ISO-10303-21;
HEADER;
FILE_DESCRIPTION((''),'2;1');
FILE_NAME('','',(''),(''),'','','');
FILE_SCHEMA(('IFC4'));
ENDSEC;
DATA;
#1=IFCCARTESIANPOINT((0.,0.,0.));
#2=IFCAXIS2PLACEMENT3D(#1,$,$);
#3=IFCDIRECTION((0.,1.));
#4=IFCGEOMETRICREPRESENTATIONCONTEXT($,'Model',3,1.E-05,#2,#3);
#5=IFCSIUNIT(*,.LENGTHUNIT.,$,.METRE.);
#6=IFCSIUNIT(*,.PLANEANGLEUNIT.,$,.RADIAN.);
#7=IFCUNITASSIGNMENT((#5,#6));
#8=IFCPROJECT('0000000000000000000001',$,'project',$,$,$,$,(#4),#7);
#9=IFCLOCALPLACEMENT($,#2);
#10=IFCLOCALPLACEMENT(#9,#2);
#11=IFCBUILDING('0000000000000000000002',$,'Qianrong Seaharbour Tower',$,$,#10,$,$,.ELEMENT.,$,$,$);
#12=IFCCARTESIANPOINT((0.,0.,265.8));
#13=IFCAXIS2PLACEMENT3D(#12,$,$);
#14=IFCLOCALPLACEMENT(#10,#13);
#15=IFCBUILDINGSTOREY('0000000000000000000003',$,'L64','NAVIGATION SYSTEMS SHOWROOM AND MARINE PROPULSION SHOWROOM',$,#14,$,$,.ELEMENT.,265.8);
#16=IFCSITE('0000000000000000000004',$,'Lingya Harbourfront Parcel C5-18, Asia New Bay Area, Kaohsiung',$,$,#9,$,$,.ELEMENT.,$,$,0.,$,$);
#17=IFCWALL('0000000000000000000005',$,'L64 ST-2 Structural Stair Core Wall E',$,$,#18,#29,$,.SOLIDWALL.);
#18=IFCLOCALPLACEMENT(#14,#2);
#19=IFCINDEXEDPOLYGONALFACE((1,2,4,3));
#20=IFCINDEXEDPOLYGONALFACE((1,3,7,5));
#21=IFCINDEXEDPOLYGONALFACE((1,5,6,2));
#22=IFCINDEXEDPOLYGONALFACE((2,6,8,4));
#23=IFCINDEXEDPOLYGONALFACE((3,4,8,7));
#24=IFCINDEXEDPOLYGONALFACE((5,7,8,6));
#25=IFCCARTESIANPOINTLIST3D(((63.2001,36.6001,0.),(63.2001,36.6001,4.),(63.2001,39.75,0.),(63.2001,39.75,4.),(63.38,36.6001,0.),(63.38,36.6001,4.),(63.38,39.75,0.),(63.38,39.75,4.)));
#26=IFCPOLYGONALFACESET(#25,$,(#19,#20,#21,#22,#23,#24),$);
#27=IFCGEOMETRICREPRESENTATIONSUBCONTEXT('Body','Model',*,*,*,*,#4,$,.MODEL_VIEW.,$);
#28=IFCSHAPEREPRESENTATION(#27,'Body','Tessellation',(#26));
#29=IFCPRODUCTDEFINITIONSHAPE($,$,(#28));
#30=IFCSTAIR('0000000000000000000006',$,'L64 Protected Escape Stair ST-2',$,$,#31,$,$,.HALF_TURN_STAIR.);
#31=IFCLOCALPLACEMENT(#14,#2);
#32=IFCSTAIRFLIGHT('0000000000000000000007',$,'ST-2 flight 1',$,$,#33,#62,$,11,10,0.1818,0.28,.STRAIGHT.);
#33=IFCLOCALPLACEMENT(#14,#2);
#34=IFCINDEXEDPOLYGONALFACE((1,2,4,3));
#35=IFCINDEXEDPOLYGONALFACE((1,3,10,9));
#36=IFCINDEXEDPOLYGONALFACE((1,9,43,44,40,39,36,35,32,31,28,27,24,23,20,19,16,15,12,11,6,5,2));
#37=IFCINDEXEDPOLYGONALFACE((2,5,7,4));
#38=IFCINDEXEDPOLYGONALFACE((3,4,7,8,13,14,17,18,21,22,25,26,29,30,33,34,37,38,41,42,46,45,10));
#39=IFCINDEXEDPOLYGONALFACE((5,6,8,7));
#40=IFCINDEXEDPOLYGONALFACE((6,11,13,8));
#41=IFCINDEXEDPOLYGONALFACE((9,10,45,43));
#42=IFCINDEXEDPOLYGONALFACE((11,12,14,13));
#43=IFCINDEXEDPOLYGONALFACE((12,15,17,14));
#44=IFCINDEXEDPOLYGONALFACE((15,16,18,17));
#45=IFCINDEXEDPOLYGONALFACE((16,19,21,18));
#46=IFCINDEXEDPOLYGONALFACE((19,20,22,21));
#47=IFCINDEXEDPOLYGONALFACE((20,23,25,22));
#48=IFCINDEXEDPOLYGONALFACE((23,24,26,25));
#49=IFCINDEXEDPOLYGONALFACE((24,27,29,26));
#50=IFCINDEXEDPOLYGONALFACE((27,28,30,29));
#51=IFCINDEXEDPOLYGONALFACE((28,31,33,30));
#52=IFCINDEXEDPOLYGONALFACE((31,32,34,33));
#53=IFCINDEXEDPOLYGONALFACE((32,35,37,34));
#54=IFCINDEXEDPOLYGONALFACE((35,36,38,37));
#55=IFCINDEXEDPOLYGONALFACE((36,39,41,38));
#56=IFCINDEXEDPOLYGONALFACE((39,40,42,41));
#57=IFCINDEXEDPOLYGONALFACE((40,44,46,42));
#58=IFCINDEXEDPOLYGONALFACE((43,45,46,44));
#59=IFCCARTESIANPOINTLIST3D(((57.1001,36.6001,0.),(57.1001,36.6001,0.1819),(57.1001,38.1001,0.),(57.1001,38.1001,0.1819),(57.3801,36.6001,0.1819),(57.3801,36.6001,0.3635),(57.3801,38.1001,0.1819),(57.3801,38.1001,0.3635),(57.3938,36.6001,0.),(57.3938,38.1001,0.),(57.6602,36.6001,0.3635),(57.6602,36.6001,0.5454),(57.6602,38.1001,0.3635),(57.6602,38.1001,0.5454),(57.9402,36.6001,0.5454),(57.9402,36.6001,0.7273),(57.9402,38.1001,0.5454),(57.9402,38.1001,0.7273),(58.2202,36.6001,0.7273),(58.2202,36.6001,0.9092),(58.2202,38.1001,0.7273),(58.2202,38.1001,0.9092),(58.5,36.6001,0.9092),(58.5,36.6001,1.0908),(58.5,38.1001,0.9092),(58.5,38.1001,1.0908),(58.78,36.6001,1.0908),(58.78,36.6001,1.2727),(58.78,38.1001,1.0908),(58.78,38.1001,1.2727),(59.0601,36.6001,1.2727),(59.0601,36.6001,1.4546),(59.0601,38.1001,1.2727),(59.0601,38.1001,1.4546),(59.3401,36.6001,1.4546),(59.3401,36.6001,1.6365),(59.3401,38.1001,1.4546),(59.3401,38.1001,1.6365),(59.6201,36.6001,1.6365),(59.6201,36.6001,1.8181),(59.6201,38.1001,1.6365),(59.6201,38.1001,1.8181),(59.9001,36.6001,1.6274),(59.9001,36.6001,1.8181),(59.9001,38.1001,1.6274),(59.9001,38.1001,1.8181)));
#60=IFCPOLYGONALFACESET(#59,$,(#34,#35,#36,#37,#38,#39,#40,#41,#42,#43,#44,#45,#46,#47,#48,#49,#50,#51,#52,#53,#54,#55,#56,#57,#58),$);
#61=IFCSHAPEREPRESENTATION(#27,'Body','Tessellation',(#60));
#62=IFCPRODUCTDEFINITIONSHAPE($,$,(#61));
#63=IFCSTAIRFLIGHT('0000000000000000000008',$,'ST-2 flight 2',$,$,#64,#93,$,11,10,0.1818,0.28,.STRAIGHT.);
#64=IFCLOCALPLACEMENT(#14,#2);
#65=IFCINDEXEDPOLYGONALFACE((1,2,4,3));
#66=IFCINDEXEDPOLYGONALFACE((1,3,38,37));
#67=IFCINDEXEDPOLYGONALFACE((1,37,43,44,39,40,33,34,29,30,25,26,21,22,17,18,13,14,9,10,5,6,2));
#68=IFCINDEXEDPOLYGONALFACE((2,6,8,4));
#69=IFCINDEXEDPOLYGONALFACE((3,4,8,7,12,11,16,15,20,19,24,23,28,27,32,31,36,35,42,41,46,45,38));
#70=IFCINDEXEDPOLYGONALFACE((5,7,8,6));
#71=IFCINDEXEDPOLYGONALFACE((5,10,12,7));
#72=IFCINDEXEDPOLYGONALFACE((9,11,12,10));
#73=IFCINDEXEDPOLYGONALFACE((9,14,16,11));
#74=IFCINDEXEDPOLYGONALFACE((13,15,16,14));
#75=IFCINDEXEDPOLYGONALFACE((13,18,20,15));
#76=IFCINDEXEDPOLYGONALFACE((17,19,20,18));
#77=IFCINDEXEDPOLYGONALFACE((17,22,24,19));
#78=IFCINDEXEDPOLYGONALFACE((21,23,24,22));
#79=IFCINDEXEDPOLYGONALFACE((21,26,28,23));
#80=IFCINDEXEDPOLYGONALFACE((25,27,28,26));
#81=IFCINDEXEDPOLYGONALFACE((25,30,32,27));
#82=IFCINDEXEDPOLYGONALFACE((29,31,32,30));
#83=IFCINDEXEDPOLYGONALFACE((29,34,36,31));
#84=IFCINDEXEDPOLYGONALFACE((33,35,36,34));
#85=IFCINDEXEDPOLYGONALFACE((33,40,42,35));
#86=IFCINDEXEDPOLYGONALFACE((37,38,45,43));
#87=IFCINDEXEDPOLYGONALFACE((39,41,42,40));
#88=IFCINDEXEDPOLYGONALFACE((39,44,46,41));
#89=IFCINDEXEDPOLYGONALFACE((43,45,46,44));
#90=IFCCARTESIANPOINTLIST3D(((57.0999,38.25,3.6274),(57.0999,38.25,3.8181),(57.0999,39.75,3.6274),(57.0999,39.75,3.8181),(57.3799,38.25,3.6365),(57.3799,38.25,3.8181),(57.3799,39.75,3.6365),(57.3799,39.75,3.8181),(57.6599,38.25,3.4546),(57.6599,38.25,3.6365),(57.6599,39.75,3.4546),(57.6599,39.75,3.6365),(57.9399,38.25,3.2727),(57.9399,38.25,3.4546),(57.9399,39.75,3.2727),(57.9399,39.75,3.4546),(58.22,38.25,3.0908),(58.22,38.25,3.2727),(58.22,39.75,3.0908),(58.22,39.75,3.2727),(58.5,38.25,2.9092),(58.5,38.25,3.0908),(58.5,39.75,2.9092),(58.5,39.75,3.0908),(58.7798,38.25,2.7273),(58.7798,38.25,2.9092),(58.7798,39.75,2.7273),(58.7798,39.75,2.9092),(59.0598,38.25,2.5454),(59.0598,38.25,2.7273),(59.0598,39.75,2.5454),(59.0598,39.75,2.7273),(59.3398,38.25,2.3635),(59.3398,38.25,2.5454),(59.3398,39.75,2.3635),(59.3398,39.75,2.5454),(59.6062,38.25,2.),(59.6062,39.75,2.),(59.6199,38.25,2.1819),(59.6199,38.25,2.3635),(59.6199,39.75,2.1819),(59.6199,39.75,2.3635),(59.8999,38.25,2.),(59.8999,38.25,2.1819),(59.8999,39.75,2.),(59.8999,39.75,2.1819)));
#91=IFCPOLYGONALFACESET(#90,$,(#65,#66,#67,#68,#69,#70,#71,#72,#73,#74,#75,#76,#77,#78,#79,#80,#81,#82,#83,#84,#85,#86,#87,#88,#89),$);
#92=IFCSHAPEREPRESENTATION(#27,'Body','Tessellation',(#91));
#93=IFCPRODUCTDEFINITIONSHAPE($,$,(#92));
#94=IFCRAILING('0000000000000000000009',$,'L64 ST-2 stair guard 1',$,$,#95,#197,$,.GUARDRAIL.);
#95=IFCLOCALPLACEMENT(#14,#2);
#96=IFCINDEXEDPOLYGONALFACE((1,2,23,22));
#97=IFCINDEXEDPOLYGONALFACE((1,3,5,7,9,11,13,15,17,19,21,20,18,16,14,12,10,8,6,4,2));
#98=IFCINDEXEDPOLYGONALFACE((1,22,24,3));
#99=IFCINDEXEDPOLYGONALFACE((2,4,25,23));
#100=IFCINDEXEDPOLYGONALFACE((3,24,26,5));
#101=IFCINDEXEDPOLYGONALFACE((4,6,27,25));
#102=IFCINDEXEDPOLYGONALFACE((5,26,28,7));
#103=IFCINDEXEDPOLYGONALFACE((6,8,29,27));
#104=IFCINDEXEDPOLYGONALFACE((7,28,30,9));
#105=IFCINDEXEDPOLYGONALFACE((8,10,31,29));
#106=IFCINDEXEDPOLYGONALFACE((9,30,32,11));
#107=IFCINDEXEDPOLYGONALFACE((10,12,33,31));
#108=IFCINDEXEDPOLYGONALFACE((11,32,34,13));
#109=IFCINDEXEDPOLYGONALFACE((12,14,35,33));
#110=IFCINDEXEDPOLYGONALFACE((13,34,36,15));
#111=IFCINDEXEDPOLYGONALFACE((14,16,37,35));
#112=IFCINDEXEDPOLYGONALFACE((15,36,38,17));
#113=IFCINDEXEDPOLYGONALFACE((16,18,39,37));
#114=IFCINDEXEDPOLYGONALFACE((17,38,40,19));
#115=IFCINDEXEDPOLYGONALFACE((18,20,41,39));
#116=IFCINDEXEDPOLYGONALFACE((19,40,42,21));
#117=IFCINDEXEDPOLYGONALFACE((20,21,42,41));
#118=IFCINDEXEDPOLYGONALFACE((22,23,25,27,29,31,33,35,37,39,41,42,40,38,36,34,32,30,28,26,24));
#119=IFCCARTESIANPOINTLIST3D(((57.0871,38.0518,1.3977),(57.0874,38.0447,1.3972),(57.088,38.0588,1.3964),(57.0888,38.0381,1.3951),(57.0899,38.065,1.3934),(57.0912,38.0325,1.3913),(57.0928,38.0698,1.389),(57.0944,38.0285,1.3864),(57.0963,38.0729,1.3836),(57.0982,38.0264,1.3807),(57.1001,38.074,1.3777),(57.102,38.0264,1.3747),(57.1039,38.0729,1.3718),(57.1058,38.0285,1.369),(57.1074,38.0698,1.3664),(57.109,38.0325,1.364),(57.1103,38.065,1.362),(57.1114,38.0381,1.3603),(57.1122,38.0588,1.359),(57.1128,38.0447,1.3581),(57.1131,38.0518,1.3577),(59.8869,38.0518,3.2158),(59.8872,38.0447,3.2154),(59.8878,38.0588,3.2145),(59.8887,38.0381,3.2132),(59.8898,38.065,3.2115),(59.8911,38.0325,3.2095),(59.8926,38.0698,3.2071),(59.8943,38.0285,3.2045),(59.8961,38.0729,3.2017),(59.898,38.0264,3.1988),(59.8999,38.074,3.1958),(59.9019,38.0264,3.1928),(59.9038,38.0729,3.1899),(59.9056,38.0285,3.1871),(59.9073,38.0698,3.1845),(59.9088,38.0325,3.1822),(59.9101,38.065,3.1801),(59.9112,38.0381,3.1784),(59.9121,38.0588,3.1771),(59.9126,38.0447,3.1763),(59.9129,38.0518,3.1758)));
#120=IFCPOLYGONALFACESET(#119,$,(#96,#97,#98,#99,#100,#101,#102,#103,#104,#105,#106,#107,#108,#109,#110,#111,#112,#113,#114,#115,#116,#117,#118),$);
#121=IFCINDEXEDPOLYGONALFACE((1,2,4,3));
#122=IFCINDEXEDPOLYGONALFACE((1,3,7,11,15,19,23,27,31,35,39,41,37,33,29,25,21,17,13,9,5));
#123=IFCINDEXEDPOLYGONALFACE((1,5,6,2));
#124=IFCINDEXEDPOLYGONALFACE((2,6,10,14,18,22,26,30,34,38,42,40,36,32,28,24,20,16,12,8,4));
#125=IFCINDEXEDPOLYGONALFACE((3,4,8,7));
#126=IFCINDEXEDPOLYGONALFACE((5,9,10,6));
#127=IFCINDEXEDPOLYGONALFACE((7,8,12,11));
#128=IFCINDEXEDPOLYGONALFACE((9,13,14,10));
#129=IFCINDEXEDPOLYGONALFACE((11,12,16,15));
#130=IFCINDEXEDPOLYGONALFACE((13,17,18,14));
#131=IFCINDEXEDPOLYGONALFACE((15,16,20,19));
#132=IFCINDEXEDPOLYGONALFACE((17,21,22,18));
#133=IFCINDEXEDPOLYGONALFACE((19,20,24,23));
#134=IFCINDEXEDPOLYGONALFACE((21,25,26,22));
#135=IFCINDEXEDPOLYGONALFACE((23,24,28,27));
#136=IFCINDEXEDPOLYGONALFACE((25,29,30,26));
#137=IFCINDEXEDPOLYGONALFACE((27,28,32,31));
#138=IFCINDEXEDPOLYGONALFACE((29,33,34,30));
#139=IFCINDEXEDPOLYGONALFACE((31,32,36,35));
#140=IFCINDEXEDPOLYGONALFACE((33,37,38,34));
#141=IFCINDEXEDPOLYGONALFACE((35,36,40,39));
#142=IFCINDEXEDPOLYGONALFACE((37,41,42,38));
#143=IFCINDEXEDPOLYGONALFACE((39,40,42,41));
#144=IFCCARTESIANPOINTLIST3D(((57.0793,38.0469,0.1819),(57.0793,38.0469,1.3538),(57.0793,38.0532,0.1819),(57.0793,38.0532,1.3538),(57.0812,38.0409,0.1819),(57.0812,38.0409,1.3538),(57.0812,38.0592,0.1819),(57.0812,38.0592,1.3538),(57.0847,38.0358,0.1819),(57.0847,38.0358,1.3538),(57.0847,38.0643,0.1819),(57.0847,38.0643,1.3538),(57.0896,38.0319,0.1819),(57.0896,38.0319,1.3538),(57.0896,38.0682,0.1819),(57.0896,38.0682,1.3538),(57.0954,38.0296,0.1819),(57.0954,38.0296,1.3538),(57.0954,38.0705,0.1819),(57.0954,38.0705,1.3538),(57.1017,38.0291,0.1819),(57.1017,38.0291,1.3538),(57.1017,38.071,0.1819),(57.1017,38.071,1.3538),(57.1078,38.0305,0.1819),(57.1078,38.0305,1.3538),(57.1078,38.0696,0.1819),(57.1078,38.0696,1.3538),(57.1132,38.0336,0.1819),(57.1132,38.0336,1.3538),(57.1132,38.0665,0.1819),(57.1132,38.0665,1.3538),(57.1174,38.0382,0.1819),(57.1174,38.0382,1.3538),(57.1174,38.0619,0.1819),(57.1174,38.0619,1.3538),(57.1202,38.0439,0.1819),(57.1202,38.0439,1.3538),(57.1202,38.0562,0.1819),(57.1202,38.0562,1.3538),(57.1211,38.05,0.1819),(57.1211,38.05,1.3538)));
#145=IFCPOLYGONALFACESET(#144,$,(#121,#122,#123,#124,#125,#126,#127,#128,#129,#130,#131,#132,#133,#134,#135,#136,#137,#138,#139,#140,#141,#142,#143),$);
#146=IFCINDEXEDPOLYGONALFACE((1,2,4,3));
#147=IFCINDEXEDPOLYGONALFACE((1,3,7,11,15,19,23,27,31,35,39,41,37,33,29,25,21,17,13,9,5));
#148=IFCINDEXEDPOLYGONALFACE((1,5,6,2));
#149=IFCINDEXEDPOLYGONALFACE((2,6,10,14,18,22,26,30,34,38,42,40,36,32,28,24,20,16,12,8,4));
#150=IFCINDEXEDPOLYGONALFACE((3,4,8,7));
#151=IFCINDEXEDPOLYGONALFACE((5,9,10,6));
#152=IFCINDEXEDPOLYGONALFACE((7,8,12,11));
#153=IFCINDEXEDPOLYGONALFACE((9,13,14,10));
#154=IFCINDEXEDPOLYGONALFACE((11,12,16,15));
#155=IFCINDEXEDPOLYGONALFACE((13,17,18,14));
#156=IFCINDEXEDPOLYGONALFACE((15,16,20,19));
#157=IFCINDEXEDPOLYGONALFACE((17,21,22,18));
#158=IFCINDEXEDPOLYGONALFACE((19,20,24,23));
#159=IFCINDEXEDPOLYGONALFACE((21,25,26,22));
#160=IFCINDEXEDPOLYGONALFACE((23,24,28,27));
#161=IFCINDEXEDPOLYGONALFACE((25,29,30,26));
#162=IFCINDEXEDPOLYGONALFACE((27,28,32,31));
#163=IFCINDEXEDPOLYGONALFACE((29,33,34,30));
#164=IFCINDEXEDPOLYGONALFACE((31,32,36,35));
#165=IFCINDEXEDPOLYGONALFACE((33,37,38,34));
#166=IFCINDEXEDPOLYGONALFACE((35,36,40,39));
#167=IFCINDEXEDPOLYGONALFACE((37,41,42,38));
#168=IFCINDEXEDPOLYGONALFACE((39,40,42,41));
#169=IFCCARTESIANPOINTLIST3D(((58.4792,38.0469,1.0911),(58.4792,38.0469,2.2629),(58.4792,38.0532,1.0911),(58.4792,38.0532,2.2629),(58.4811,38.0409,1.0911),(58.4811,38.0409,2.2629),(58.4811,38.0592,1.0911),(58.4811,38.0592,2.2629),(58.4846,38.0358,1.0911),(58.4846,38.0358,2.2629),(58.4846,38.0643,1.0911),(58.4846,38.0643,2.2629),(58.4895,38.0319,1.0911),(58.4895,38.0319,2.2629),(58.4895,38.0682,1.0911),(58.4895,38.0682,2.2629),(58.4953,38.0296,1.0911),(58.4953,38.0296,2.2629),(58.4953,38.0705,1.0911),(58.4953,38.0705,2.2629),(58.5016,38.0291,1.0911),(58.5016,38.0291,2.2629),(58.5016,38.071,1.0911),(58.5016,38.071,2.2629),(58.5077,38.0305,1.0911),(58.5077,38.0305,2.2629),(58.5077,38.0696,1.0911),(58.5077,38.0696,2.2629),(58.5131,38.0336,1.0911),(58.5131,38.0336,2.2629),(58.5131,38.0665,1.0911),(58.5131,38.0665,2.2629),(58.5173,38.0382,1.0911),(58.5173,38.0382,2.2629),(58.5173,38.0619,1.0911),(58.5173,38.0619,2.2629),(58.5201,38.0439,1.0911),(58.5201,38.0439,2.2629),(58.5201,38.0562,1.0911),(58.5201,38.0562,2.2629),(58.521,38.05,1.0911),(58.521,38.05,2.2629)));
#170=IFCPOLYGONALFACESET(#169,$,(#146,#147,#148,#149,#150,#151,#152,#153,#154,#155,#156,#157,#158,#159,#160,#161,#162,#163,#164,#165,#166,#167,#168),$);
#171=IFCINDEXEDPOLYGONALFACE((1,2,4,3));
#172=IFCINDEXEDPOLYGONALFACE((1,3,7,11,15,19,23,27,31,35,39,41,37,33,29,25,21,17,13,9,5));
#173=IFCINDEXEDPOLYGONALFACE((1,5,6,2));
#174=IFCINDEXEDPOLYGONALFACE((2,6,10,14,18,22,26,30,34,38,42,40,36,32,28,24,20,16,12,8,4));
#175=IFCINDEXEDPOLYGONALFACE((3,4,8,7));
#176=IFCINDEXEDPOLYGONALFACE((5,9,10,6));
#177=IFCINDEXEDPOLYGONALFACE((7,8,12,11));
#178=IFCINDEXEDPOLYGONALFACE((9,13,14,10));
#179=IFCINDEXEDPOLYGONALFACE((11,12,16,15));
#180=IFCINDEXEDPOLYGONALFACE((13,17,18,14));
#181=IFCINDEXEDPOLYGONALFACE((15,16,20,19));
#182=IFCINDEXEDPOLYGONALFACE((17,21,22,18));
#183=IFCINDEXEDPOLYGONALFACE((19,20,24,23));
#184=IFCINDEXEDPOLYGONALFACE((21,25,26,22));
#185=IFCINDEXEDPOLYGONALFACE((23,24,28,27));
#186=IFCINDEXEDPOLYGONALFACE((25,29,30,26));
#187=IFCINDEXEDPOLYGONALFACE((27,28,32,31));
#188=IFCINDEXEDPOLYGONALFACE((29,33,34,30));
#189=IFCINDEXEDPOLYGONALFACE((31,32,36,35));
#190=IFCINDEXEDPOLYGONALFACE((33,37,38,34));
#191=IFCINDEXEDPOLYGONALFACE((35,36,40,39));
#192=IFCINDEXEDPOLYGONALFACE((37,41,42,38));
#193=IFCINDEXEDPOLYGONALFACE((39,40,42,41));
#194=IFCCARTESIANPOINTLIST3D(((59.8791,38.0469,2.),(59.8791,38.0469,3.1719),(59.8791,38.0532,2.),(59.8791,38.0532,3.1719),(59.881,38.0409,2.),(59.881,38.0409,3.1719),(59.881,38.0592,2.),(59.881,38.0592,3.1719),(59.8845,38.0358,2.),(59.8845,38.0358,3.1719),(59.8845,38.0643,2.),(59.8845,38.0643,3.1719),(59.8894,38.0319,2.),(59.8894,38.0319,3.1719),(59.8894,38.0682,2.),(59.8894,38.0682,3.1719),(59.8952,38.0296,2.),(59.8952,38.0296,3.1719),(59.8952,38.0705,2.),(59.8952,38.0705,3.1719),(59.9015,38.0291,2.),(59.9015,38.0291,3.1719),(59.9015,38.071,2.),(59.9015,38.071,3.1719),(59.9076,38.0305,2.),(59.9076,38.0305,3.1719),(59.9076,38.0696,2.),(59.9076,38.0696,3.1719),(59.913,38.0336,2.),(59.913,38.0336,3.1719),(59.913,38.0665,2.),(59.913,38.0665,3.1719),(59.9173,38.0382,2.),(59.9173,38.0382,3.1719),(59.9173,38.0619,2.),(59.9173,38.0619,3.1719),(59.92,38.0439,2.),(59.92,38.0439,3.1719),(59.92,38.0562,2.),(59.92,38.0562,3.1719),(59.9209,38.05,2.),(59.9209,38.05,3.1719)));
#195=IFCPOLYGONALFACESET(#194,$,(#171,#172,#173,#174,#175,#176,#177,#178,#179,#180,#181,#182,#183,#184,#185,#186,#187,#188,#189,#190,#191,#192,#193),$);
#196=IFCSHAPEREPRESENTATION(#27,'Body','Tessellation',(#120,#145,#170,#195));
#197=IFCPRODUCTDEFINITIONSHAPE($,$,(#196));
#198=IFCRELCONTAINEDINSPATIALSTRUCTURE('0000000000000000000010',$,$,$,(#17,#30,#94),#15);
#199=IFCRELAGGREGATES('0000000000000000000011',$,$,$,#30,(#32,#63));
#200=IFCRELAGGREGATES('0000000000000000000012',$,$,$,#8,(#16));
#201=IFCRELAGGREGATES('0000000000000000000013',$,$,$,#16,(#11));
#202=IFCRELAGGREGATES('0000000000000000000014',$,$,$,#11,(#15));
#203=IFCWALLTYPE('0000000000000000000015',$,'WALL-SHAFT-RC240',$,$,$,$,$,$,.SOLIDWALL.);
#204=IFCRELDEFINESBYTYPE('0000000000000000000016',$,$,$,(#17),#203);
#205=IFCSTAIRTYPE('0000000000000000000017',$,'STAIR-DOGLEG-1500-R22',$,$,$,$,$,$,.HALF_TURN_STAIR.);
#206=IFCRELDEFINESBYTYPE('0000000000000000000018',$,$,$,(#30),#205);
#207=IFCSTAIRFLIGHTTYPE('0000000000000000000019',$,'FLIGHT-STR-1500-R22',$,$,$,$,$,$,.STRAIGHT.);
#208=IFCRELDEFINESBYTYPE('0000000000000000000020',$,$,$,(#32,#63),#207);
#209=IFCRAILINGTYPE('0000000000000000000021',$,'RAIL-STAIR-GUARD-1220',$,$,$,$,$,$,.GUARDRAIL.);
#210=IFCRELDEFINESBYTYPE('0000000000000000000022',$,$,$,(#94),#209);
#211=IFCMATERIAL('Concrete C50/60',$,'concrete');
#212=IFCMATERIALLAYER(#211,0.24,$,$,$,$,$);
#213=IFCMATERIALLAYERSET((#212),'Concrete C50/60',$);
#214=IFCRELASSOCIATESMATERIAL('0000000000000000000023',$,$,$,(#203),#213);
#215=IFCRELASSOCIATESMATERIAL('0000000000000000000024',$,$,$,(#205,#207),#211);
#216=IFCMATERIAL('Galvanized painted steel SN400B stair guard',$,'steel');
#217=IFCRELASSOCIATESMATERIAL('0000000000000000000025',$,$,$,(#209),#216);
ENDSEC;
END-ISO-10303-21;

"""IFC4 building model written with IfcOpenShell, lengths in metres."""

from ifc_helpers import new_model, si_unit, direction, frame, frame_2d, origin, origin_2d, place, context, subcontext, project, spatial, polyline, rectangle, circle, outline, extrude, material, layer, layer_set, type_object, element, aggregate, save


model = new_model("IFC4")

# Units and contexts
model_context = context("Model", 3, precision=1e-05, world=origin(), true_north=direction((0.0, 1.0)))
body_context = subcontext(model_context, "Body", "Model", "MODEL_VIEW")
ifc_project = project(units=[si_unit("LENGTHUNIT", "METRE"), si_unit("PLANEANGLEUNIT", "RADIAN")], contexts=[model_context])

# Site, building, storey
site_placement = place(None, origin())
site = spatial("IfcSite", under=ifc_project, at=site_placement, Name="Lingya Harbourfront Parcel C5-18, Asia New Bay Area, Kaohsiung", CompositionType="ELEMENT", RefElevation=0.0)
building_placement = place(site_placement, origin())
building = spatial("IfcBuilding", under=site, at=building_placement, Name="Qianrong Seaharbour Tower", CompositionType="ELEMENT")
storey_placement = place(building_placement, frame((0.0, 0.0, 265.8)))
storey = spatial("IfcBuildingStorey", under=building, at=storey_placement, Name="L64", Description="NAVIGATION SYSTEMS SHOWROOM AND MARINE PROPULSION SHOWROOM", CompositionType="ELEMENT", Elevation=265.8)

# Wall
ifc_material_1 = material(Name="Concrete C50/60", Category="concrete")
ifc_layer_1 = layer(ifc_material_1, 0.24)
ifc_layer_set_1 = layer_set([ifc_layer_1], Name="Concrete C50/60")
wall_type_1 = type_object("IfcWallType", Name="WALL-SHAFT-RC240", PredefinedType="SOLIDWALL", material=ifc_layer_set_1)
wall_1_placement = place(storey_placement, frame((63.29, 36.6001, 0.0), z_axis=(0.0, 0.0, 1.0), x_axis=(0.0, 1.0, 0.0)))
element("IfcWall", 1, at=wall_1_placement, inside=storey, type_object=wall_type_1, Name="L64 ST-2 Structural Stair Core Wall E", PredefinedType="SOLIDWALL", context=body_context, shape_type="SweptSolid", body=[
    extrude(rectangle(XDim=3.1499, YDim=0.1799, at=frame_2d((1.575, 0.0))), origin(), (0.0, 0.0, 1.0), 4.0),
])

# Stair, stair flights
stair_type = type_object("IfcStairType", Name="STAIR-DOGLEG-1500-R22", PredefinedType="HALF_TURN_STAIR", material=ifc_material_1)
stair_placement = place(storey_placement, origin())
stair = element("IfcStair", 2, at=stair_placement, inside=storey, type_object=stair_type, Name="L64 Protected Escape Stair ST-2", PredefinedType="HALF_TURN_STAIR")
stair_flight_type = type_object("IfcStairFlightType", Name="FLIGHT-STR-1500-R22", PredefinedType="STRAIGHT", material=ifc_material_1)
stair_flight_1_placement = place(storey_placement, frame((57.1001, 37.3501, 0.0), z_axis=(0.0, 0.0, 1.0), x_axis=(1.0, 0.0, 0.0)))
stair_flight_1 = element("IfcStairFlight", 3, at=stair_flight_1_placement, type_object=stair_flight_type, Name="ST-2 flight 1", NumberOfRisers=11, NumberOfTreads=10, PredefinedType="STRAIGHT", RiserHeight=0.1818, TreadLength=0.28, context=body_context, shape_type="SweptSolid", body=[
    extrude(outline(polyline([(0.0, 0.0), (0.0, 0.1819), (0.28, 0.1819), (0.28, 0.3635), (0.5601, 0.3635), (0.5601, 0.5454), (0.8401, 0.5454), (0.8401, 0.7273), (1.1201, 0.7273), (1.1201, 0.9092), (1.3999, 0.9092), (1.3999, 1.0908), (1.6799, 1.0908), (1.6799, 1.2727), (1.96, 1.2727), (1.96, 1.4546), (2.24, 1.4546), (2.24, 1.6365), (2.52, 1.6365), (2.52, 1.8181), (2.8, 1.8181), (2.8, 2.0), (2.8, 1.6274), (0.2937, 0.0), (0.0, 0.0)])), frame((0.0, 0.75, 0.0), z_axis=(0.0, -1.0, 0.0), x_axis=(1.0, 0.0, 0.0)), (0.0, 0.0, 1.0), 1.5),
])
stair_flight_2_placement = place(storey_placement, frame((59.8999, 39.0, 2.0), z_axis=(0.0, 0.0, 1.0), x_axis=(-1.0, 0.0, 0.0)))
stair_flight_2 = element("IfcStairFlight", 4, at=stair_flight_2_placement, type_object=stair_flight_type, Name="ST-2 flight 2", NumberOfRisers=11, NumberOfTreads=10, PredefinedType="STRAIGHT", RiserHeight=0.1818, TreadLength=0.28, context=body_context, shape_type="SweptSolid", body=[
    extrude(outline(polyline([(0.0, 0.0), (0.0, 0.1819), (0.28, 0.1819), (0.28, 0.3635), (0.5601, 0.3635), (0.5601, 0.5454), (0.8401, 0.5454), (0.8401, 0.7273), (1.1201, 0.7273), (1.1201, 0.9092), (1.3999, 0.9092), (1.3999, 1.0908), (1.6799, 1.0908), (1.6799, 1.2727), (1.96, 1.2727), (1.96, 1.4546), (2.24, 1.4546), (2.24, 1.6365), (2.52, 1.6365), (2.52, 1.8181), (2.8, 1.8181), (2.8, 2.0), (2.8, 1.6274), (0.2937, 0.0), (0.0, 0.0)])), frame((0.0, 0.75, 0.0), z_axis=(0.0, -1.0, 0.0), x_axis=(1.0, 0.0, 0.0)), (0.0, 0.0, 1.0), 1.5),
])
aggregate(stair, [stair_flight_1, stair_flight_2])

# Railing
ifc_material_2 = material(Name="Galvanized painted steel SN400B stair guard", Category="steel")
railing_type_1 = type_object("IfcRailingType", Name="RAIL-STAIR-GUARD-1220", PredefinedType="GUARDRAIL", material=ifc_material_2)
railing_1_placement = place(storey_placement, frame((57.1001, 38.05, 0.1819)))
element("IfcRailing", 5, at=railing_1_placement, inside=storey, type_object=railing_type_1, Name="L64 ST-2 stair guard 1", PredefinedType="GUARDRAIL", context=body_context, shape_type="SweptSolid", body=[
    extrude(circle(Radius=0.0239, at=origin_2d()), frame((0.0, 0.0, 1.1958), z_axis=(0.838684, 0.0, 0.544618), x_axis=(0.0, 1.0, 0.0)), (0.0, 0.0, 1.0), 3.3384),
    extrude(circle(Radius=0.021, at=origin_2d()), origin(), (0.0, 0.0, 1.0), 1.1719),
    extrude(circle(Radius=0.021, at=origin_2d()), frame((1.3999, 0.0, 0.9092)), (0.0, 0.0, 1.0), 1.1719),
    extrude(circle(Radius=0.021, at=origin_2d()), frame((2.7998, 0.0, 1.8181)), (0.0, 0.0, 1.0), 1.1719),
])

save(model, "model.ifc")
